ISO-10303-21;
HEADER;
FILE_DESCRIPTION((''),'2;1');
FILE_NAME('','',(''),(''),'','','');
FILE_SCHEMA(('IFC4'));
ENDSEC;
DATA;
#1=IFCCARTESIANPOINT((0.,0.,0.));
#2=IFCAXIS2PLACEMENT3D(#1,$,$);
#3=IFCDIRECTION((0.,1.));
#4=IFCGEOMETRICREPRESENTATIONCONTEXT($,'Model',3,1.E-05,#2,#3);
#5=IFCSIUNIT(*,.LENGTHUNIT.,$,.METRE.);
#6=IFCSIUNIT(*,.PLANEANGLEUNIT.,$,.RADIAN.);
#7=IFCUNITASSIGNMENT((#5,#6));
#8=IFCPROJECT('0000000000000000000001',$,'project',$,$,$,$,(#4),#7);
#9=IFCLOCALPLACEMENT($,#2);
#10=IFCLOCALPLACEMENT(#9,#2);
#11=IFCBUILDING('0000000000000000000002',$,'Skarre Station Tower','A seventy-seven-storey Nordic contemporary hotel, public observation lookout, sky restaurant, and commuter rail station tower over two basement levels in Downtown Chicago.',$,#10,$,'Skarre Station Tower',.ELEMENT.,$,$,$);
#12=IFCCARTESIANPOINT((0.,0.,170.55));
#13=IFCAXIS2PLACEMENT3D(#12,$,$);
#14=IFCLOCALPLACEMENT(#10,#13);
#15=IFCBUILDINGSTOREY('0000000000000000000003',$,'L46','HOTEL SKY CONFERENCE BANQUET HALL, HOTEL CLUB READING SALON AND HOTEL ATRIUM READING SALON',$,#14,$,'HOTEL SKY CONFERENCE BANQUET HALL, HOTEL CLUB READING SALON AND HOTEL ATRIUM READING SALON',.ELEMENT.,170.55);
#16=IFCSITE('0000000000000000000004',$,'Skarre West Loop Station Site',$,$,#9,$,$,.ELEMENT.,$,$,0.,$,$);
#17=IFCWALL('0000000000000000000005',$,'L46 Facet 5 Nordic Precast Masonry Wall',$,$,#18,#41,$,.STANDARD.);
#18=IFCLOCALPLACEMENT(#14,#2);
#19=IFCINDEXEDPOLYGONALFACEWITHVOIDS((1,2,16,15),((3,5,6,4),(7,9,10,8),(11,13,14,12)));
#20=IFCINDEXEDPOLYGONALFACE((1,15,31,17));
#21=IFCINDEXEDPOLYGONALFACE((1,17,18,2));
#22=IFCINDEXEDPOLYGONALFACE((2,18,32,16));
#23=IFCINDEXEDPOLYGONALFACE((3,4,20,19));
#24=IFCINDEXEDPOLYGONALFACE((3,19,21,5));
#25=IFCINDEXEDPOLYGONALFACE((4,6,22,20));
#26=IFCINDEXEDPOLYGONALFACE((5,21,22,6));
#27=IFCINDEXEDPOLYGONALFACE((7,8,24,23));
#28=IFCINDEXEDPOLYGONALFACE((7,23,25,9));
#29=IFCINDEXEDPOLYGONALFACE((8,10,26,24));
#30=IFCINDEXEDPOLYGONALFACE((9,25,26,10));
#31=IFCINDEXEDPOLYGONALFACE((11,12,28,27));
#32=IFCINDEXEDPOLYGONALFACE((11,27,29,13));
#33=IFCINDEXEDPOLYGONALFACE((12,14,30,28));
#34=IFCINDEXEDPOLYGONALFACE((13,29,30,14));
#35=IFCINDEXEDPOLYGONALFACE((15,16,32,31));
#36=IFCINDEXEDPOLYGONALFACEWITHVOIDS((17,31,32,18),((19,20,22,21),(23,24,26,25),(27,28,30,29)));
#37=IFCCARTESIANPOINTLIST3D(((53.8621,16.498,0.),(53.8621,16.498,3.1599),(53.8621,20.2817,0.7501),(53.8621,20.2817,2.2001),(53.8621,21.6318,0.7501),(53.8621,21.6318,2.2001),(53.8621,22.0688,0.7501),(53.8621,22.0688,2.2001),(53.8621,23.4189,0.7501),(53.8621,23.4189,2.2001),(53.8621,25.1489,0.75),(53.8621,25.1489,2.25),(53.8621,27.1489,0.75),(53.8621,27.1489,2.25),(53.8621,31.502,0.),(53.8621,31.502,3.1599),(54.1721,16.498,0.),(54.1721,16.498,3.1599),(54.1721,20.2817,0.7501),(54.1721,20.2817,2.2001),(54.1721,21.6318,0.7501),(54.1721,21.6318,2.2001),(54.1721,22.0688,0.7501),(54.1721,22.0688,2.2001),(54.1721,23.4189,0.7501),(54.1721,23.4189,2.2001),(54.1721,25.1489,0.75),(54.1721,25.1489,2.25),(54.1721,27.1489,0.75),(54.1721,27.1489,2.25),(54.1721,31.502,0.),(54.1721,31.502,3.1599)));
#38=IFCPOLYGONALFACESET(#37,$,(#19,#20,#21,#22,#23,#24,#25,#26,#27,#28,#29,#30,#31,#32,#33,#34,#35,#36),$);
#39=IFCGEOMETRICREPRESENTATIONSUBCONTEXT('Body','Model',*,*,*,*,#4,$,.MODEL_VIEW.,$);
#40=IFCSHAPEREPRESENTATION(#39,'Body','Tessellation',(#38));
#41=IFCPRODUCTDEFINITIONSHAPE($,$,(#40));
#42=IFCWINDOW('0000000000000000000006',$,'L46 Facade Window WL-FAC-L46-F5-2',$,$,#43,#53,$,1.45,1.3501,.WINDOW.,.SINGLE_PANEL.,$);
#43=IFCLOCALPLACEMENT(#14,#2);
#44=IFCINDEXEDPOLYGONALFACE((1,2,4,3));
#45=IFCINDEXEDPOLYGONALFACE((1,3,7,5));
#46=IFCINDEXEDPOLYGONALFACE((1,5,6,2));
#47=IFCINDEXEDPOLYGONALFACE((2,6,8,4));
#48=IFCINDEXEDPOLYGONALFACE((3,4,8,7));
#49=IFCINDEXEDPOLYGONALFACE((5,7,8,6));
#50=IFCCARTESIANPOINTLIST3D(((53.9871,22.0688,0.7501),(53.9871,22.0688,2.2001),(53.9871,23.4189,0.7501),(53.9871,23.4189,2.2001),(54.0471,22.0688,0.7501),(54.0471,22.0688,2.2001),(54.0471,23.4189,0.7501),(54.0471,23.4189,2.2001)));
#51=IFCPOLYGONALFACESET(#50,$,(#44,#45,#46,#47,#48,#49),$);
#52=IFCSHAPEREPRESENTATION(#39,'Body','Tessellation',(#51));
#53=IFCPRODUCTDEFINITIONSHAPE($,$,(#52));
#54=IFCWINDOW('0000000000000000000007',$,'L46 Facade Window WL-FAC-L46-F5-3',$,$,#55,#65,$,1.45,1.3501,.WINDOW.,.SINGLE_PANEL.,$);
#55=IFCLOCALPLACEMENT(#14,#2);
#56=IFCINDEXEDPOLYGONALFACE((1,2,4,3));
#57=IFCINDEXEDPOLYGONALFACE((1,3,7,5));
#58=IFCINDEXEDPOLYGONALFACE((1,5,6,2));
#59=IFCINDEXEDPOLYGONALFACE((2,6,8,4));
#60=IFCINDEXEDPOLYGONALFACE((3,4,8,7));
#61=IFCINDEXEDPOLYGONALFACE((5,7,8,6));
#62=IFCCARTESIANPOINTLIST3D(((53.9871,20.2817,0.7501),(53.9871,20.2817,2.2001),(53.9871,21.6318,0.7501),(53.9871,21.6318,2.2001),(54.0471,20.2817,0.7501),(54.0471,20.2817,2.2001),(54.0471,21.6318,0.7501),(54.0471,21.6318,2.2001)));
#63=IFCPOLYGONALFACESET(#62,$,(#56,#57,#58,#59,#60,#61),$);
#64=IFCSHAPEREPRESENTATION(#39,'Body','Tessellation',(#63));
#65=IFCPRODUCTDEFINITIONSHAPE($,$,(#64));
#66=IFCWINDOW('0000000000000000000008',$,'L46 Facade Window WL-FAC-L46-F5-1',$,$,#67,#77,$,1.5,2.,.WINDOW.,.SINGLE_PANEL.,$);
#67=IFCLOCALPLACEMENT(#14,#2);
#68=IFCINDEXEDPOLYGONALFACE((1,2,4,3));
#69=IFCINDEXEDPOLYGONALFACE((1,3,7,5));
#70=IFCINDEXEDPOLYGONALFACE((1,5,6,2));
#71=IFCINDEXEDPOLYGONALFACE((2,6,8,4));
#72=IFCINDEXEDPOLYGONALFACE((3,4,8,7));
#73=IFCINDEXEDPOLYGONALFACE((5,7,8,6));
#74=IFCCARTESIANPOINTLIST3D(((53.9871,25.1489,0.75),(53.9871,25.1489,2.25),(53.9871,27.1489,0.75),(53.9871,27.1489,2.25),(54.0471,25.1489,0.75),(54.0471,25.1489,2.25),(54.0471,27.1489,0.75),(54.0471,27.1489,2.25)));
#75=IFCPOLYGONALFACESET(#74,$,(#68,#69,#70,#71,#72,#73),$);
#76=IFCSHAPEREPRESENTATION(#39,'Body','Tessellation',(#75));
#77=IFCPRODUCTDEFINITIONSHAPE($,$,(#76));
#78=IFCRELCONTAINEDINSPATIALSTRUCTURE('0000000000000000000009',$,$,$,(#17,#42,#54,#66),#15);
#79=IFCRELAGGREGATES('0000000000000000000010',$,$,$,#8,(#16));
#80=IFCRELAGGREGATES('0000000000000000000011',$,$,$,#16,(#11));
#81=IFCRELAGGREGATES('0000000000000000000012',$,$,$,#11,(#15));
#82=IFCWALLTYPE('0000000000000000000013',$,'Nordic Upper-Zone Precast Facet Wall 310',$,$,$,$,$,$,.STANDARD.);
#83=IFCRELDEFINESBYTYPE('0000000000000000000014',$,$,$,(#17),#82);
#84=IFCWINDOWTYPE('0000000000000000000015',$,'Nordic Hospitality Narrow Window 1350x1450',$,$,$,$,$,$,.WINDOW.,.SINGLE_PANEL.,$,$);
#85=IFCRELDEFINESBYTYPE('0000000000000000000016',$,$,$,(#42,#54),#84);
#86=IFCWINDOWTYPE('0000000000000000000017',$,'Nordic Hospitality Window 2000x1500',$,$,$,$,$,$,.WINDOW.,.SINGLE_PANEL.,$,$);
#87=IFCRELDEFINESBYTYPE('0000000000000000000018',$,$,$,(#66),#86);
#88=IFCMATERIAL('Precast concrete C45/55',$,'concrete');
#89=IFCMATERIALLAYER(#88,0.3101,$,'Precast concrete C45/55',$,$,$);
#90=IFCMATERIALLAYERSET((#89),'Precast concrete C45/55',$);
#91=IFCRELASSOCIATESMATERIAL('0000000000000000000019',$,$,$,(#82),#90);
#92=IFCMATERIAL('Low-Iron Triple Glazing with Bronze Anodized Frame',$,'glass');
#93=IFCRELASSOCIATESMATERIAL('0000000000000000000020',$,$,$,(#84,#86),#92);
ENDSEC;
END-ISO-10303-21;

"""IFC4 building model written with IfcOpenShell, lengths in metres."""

from ifc_helpers import new_model, si_unit, direction, frame, frame_2d, origin, place, context, subcontext, project, spatial, rectangle, extrude, material, layer, layer_set, type_object, element, fill, save


model = new_model("IFC4")

# Units and contexts
model_context = context("Model", 3, precision=1e-05, world=origin(), true_north=direction((0.0, 1.0)))
body_context = subcontext(model_context, "Body", "Model", "MODEL_VIEW")
ifc_project = project(units=[si_unit("LENGTHUNIT", "METRE"), si_unit("PLANEANGLEUNIT", "RADIAN")], contexts=[model_context])

# Site, building, storey
site_placement = place(None, origin())
site = spatial("IfcSite", under=ifc_project, at=site_placement, Name="Skarre West Loop Station Site", CompositionType="ELEMENT", RefElevation=0.0)
building_placement = place(site_placement, origin())
building = spatial("IfcBuilding", under=site, at=building_placement, Name="Skarre Station Tower", Description="A seventy-seven-storey Nordic contemporary hotel, public observation lookout, sky restaurant, and commuter rail station tower over two basement levels in Downtown Chicago.", LongName="Skarre Station Tower", CompositionType="ELEMENT")
storey_placement = place(building_placement, frame((0.0, 0.0, 170.55)))
storey = spatial("IfcBuildingStorey", under=building, at=storey_placement, Name="L46", Description="HOTEL SKY CONFERENCE BANQUET HALL, HOTEL CLUB READING SALON AND HOTEL ATRIUM READING SALON", LongName="HOTEL SKY CONFERENCE BANQUET HALL, HOTEL CLUB READING SALON AND HOTEL ATRIUM READING SALON", CompositionType="ELEMENT", Elevation=170.55)

# Shared definitions
ifc_material_1 = material(Name="Precast concrete C45/55", Category="concrete")

# Wall, openings, windows
ifc_layer_1 = layer(ifc_material_1, 0.3101, Name="Precast concrete C45/55")
ifc_layer_set_1 = layer_set([ifc_layer_1], Name="Precast concrete C45/55")
wall_type_1 = type_object("IfcWallType", Name="Nordic Upper-Zone Precast Facet Wall 310", PredefinedType="STANDARD", material=ifc_layer_set_1)
wall_1_placement = place(storey_placement, frame((54.0171, 31.502, 0.0), z_axis=(0.0, 0.0, 1.0), x_axis=(0.0, -1.0, 0.0)))
wall_1 = element("IfcWall", 1, at=wall_1_placement, inside=storey, type_object=wall_type_1, Name="L46 Facet 5 Nordic Precast Masonry Wall", PredefinedType="STANDARD", context=body_context, shape_type="SweptSolid", body=[
    extrude(rectangle(XDim=15.0039, YDim=0.3101, at=frame_2d((7.502, 0.0))), origin(), (0.0, 0.0, 1.0), 3.1599),
])
opening_1_placement = place(wall_1_placement, frame((4.353, 0.0, 0.75)))
opening_1 = element("IfcOpeningElement", 2, at=opening_1_placement, cuts=wall_1, PredefinedType="OPENING", context=body_context, shape_type="SweptSolid", body=[
    extrude(rectangle(XDim=2.0, YDim=1.5, at=frame_2d((1.0, 0.75))), frame((0.0, 0.165, 0.0), z_axis=(0.0, -1.0, 0.0), x_axis=(1.0, 0.0, 0.0)), (0.0, 0.0, 1.0), 0.3301),
])
opening_2_placement = place(wall_1_placement, frame((8.083, 0.0, 0.75)))
opening_2 = element("IfcOpeningElement", 3, at=opening_2_placement, cuts=wall_1, PredefinedType="OPENING", context=body_context, shape_type="SweptSolid", body=[
    extrude(rectangle(XDim=1.3501, YDim=1.45, at=frame_2d((0.675, 0.7251))), frame((0.0, 0.165, 0.0), z_axis=(0.0, -1.0, 0.0), x_axis=(1.0, 0.0, 0.0)), (0.0, 0.0, 1.0), 0.3301),
])
opening_3_placement = place(wall_1_placement, frame((9.8701, 0.0, 0.75)))
opening_3 = element("IfcOpeningElement", 4, at=opening_3_placement, cuts=wall_1, PredefinedType="OPENING", context=body_context, shape_type="SweptSolid", body=[
    extrude(rectangle(XDim=1.3501, YDim=1.45, at=frame_2d((0.675, 0.7251))), frame((0.0, 0.165, 0.0), z_axis=(0.0, -1.0, 0.0), x_axis=(1.0, 0.0, 0.0)), (0.0, 0.0, 1.0), 0.3301),
])
ifc_material_2 = material(Name="Low-Iron Triple Glazing with Bronze Anodized Frame", Category="glass")
window_type_1 = type_object("IfcWindowType", Name="Nordic Hospitality Narrow Window 1350x1450", PartitioningType="SINGLE_PANEL", PredefinedType="WINDOW", material=ifc_material_2)
window_1_placement = place(opening_2_placement, origin())
window_1 = element("IfcWindow", 5, at=window_1_placement, inside=storey, type_object=window_type_1, Name="L46 Facade Window WL-FAC-L46-F5-2", OverallHeight=1.45, OverallWidth=1.3501, PartitioningType="SINGLE_PANEL", PredefinedType="WINDOW", context=body_context, shape_type="SweptSolid", body=[
    extrude(rectangle(XDim=1.3501, YDim=1.45, at=frame_2d((0.675, 0.7251))), frame((0.0, 0.03, 0.0), z_axis=(0.0, -1.0, 0.0), x_axis=(1.0, 0.0, 0.0)), (0.0, 0.0, 1.0), 0.0601),
])
fill(opening_2, window_1)
window_2_placement = place(opening_3_placement, origin())
window_2 = element("IfcWindow", 6, at=window_2_placement, inside=storey, type_object=window_type_1, Name="L46 Facade Window WL-FAC-L46-F5-3", OverallHeight=1.45, OverallWidth=1.3501, PartitioningType="SINGLE_PANEL", PredefinedType="WINDOW", context=body_context, shape_type="SweptSolid", body=[
    extrude(rectangle(XDim=1.3501, YDim=1.45, at=frame_2d((0.675, 0.7251))), frame((0.0, 0.03, 0.0), z_axis=(0.0, -1.0, 0.0), x_axis=(1.0, 0.0, 0.0)), (0.0, 0.0, 1.0), 0.0601),
])
fill(opening_3, window_2)
window_type_2 = type_object("IfcWindowType", Name="Nordic Hospitality Window 2000x1500", PartitioningType="SINGLE_PANEL", PredefinedType="WINDOW", material=ifc_material_2)
window_3_placement = place(opening_1_placement, origin())
window_3 = element("IfcWindow", 7, at=window_3_placement, inside=storey, type_object=window_type_2, Name="L46 Facade Window WL-FAC-L46-F5-1", OverallHeight=1.5, OverallWidth=2.0, PartitioningType="SINGLE_PANEL", PredefinedType="WINDOW", context=body_context, shape_type="SweptSolid", body=[
    extrude(rectangle(XDim=2.0, YDim=1.5, at=frame_2d((1.0, 0.75))), frame((0.0, 0.03, 0.0), z_axis=(0.0, -1.0, 0.0), x_axis=(1.0, 0.0, 0.0)), (0.0, 0.0, 1.0), 0.0601),
])
fill(opening_1, window_3)

save(model, "model.ifc")
